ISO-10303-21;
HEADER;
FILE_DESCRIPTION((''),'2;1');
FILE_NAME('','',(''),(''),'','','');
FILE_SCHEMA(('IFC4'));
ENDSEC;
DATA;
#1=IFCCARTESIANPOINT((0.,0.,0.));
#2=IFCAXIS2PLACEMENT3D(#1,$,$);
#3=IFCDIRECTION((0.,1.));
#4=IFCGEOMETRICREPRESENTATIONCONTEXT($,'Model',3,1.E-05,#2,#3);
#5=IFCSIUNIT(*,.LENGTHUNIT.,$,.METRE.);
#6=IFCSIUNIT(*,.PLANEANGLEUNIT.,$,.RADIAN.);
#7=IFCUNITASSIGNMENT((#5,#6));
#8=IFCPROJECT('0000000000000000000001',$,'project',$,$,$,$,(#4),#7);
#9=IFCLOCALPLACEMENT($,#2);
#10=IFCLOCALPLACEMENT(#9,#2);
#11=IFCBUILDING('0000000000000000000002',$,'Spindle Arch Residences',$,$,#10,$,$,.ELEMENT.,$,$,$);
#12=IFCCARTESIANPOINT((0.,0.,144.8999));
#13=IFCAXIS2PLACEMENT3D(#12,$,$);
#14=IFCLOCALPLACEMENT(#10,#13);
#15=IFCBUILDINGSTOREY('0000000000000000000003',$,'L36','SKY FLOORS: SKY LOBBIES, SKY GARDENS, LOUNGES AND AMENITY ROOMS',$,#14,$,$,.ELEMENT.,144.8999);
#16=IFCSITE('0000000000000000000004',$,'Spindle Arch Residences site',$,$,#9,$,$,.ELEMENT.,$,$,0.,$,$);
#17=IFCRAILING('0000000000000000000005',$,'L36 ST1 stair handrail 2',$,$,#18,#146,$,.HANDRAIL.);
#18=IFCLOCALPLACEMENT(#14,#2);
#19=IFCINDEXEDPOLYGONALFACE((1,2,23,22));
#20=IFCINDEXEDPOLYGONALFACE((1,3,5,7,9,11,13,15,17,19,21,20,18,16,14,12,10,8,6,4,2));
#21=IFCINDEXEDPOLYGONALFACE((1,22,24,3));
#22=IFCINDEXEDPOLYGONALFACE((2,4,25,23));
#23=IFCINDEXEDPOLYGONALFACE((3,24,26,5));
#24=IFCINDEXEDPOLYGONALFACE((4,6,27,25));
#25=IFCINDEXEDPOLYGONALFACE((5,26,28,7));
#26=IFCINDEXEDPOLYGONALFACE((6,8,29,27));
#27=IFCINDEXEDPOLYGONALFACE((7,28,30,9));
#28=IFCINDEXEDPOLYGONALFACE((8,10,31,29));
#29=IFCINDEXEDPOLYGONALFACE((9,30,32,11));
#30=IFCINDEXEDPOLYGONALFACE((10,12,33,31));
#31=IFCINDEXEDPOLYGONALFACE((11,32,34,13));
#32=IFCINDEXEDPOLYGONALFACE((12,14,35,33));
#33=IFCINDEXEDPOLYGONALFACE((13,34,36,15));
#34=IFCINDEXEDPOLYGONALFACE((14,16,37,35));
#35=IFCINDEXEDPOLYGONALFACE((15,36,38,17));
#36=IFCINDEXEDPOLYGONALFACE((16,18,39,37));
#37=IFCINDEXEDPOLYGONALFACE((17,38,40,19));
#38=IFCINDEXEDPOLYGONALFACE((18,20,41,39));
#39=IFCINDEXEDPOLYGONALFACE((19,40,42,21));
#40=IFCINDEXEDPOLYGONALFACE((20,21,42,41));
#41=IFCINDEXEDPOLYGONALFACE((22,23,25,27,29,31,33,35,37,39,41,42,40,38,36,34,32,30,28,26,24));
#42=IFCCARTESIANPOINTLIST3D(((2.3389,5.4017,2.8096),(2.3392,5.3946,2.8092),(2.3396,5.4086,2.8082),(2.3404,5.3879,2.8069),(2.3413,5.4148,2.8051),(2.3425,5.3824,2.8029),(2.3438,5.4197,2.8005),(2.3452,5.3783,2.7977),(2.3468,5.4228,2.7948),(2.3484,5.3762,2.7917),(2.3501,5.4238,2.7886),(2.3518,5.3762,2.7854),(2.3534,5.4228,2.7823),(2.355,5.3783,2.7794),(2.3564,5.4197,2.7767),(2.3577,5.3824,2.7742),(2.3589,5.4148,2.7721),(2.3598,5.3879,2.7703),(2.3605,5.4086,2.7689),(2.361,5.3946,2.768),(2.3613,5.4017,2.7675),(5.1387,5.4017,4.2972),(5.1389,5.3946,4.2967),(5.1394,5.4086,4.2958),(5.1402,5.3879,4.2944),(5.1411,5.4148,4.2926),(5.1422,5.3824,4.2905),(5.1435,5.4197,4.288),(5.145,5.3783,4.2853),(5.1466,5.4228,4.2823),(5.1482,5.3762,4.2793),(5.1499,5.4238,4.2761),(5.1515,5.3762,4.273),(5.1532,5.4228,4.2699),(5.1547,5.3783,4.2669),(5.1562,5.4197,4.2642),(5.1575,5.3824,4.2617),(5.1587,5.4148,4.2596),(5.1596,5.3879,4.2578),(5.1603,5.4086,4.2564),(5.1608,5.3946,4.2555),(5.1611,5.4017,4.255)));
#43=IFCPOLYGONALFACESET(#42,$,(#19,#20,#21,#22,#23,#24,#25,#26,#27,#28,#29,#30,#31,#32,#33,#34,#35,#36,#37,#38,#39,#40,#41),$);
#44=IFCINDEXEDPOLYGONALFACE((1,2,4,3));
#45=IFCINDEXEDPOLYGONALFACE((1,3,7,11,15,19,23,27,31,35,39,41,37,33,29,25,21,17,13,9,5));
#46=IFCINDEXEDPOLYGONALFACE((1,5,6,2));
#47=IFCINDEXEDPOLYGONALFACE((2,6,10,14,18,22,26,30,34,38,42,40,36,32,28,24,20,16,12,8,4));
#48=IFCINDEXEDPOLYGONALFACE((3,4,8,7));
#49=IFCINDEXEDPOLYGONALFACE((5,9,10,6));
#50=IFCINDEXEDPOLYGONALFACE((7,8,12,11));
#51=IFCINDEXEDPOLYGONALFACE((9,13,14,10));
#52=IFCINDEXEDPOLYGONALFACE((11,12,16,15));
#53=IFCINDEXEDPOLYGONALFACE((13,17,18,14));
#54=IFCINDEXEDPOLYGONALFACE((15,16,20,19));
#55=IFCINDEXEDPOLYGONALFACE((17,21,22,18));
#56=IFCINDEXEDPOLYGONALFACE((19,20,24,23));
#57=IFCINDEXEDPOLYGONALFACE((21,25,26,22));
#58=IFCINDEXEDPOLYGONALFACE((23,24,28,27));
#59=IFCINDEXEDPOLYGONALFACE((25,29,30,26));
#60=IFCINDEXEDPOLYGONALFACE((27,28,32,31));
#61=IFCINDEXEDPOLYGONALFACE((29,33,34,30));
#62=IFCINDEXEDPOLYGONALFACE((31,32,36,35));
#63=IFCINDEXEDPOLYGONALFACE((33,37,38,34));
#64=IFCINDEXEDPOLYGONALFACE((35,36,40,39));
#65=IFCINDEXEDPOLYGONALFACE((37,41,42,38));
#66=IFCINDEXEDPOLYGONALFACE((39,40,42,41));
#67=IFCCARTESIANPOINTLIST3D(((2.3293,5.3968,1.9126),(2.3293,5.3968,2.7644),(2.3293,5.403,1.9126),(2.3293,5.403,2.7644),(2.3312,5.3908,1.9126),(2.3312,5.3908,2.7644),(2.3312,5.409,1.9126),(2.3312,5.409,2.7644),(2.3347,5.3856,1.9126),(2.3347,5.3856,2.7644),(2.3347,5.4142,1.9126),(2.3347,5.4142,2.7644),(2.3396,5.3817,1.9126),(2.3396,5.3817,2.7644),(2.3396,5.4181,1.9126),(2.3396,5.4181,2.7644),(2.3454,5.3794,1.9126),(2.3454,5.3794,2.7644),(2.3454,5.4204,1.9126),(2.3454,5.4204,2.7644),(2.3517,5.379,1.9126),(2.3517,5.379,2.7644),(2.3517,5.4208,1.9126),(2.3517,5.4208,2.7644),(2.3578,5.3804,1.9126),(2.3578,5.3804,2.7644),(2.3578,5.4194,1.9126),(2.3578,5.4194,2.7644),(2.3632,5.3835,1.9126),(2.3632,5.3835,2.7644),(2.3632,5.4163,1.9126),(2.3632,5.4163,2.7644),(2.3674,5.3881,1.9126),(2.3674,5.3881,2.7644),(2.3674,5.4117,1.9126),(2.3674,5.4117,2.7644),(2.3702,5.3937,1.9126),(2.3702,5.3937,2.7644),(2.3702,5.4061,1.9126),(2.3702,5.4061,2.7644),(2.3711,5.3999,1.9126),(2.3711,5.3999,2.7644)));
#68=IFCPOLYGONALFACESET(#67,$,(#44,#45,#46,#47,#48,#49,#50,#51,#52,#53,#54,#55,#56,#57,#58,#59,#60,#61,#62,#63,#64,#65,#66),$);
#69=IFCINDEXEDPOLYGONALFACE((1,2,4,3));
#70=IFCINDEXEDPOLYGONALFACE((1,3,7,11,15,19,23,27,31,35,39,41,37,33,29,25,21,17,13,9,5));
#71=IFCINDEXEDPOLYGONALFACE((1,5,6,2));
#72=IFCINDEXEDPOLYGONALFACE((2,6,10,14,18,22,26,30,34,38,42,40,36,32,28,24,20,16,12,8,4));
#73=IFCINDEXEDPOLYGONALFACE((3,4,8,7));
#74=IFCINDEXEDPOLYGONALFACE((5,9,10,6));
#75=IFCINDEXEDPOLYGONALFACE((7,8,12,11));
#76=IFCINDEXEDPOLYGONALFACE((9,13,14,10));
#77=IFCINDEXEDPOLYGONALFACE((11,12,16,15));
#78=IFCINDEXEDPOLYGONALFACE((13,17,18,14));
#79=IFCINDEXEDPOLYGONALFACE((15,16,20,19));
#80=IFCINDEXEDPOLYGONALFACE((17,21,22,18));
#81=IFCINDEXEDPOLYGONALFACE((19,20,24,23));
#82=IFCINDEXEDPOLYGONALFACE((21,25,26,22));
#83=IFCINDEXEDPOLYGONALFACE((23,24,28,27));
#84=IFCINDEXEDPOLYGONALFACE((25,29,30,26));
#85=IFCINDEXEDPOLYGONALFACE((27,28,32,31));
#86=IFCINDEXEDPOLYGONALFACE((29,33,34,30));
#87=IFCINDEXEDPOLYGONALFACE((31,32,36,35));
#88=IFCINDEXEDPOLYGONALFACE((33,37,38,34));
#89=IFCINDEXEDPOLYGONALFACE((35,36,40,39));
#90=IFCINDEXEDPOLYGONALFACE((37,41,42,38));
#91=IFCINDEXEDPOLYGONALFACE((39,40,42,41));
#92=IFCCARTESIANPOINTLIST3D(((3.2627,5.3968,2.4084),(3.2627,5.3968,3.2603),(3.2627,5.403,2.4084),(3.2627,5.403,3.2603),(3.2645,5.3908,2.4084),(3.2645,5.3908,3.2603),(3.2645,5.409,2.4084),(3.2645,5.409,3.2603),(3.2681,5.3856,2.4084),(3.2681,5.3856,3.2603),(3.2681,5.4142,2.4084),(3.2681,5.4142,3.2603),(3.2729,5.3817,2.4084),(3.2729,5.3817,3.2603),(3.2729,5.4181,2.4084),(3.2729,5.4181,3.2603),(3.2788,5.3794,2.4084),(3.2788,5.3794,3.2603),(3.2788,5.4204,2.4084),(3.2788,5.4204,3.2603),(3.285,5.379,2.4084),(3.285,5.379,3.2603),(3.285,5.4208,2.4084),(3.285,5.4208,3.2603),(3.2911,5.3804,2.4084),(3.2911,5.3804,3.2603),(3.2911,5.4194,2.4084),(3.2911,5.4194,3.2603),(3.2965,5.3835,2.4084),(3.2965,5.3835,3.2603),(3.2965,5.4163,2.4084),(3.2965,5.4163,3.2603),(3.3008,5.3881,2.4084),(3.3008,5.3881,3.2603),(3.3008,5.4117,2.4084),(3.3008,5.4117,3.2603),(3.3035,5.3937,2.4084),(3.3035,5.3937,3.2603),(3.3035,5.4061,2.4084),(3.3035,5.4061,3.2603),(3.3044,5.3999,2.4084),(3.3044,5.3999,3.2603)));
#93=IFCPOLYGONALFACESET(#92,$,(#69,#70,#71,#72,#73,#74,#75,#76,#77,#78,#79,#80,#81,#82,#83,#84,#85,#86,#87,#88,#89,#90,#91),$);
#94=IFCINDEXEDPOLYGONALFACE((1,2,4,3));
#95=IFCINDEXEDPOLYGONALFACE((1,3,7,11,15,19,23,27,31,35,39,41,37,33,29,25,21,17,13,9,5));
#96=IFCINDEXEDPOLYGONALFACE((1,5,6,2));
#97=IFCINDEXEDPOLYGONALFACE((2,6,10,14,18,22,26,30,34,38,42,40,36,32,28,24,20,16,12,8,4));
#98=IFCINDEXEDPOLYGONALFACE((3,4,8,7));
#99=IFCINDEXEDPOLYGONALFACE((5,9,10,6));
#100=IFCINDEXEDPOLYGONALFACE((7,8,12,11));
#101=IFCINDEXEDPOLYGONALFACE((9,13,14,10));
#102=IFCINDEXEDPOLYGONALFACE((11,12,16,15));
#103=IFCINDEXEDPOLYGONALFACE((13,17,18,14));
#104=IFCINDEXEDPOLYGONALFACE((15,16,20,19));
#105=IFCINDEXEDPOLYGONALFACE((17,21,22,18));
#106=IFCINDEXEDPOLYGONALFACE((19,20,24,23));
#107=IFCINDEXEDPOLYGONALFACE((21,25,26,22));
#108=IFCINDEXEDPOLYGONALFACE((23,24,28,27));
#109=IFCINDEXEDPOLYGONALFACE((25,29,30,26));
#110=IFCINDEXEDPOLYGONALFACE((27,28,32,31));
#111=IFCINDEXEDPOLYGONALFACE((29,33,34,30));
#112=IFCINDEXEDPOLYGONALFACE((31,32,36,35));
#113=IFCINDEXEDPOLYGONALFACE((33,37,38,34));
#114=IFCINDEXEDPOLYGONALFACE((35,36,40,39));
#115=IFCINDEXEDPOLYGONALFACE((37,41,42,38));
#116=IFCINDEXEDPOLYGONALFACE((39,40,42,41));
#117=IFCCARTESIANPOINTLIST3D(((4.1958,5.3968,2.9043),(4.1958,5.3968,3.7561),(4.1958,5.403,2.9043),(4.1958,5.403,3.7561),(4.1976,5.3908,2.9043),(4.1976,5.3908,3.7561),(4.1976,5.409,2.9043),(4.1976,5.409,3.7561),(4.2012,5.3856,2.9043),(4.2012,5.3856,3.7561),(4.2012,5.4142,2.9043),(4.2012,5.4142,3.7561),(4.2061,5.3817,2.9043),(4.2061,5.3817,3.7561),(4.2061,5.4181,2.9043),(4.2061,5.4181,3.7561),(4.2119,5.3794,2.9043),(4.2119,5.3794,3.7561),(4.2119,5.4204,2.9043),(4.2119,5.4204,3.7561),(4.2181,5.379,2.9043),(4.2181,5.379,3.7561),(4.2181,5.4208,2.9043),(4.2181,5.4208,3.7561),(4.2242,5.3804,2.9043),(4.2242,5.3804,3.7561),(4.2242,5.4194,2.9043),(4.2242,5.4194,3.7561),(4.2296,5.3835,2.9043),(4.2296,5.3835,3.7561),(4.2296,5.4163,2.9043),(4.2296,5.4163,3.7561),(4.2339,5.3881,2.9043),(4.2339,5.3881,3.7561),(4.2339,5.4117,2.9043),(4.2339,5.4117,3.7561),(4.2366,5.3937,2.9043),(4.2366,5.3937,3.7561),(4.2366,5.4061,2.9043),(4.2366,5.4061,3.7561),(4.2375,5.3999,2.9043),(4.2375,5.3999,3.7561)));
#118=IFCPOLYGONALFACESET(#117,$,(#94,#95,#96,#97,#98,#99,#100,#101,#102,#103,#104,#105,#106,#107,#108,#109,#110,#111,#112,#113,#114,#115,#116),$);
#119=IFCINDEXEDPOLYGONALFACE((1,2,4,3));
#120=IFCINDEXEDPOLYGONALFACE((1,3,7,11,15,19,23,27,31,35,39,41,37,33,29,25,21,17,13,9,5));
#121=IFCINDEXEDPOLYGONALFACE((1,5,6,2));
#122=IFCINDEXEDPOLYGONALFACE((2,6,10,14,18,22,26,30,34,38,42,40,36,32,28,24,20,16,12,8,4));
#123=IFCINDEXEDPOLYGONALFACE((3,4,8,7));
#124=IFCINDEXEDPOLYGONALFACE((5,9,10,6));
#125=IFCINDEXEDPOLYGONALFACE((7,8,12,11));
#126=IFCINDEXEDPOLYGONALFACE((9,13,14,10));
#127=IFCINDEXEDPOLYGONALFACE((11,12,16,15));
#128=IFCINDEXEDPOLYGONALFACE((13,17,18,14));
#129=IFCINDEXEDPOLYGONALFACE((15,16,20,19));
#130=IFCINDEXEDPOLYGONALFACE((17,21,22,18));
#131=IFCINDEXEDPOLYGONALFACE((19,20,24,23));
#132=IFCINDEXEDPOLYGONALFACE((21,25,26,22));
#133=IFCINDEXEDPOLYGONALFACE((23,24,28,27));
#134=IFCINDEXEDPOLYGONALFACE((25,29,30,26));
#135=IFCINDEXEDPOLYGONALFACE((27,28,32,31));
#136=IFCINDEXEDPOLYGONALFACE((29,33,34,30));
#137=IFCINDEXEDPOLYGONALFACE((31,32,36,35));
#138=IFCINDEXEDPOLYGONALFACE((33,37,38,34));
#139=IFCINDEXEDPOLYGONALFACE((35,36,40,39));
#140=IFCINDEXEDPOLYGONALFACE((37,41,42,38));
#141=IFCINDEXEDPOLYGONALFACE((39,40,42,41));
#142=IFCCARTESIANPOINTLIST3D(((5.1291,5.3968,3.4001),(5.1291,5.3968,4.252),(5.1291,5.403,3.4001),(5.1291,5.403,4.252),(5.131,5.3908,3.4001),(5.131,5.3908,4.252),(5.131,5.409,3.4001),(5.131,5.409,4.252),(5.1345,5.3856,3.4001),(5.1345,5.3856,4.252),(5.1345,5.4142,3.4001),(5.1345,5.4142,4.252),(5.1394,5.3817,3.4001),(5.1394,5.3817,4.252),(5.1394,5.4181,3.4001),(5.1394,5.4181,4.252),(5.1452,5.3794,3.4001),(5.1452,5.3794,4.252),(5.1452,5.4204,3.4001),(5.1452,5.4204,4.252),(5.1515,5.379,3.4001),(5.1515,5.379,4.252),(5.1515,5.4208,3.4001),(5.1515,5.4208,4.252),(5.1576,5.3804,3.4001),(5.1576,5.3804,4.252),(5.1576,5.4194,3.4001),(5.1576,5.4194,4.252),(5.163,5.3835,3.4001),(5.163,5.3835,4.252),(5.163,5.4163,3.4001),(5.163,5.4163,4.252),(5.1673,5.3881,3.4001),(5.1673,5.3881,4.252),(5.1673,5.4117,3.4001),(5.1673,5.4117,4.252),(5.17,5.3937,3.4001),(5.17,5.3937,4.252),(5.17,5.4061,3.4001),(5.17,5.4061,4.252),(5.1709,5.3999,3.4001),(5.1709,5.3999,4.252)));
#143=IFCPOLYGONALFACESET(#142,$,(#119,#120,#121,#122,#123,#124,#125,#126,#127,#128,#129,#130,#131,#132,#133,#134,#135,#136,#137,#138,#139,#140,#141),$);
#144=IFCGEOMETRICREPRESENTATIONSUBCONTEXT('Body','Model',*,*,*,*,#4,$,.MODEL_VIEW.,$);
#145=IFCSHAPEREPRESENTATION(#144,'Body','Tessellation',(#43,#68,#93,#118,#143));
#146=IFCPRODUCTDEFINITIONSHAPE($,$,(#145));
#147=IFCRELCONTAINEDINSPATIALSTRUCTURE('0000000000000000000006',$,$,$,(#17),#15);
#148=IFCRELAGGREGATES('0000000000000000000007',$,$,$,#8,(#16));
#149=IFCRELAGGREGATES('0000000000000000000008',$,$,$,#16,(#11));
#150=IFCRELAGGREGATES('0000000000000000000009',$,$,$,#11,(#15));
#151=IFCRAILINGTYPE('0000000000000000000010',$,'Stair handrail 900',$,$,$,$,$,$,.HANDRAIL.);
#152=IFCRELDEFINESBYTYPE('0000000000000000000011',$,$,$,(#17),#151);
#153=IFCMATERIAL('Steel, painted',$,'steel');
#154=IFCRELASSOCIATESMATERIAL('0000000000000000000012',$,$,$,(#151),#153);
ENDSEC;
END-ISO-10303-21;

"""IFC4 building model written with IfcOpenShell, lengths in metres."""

from ifc_helpers import new_model, si_unit, direction, frame, origin, origin_2d, place, context, subcontext, project, spatial, circle, extrude, material, type_object, element, save


model = new_model("IFC4")

# Units and contexts
model_context = context("Model", 3, precision=1e-05, world=origin(), true_north=direction((0.0, 1.0)))
body_context = subcontext(model_context, "Body", "Model", "MODEL_VIEW")
ifc_project = project(units=[si_unit("LENGTHUNIT", "METRE"), si_unit("PLANEANGLEUNIT", "RADIAN")], contexts=[model_context])

# Site, building, storey
site_placement = place(None, origin())
site = spatial("IfcSite", under=ifc_project, at=site_placement, Name="Spindle Arch Residences site", CompositionType="ELEMENT", RefElevation=0.0)
building_placement = place(site_placement, origin())
building = spatial("IfcBuilding", under=site, at=building_placement, Name="Spindle Arch Residences", CompositionType="ELEMENT")
storey_placement = place(building_placement, frame((0.0, 0.0, 144.8999)))
storey = spatial("IfcBuildingStorey", under=building, at=storey_placement, Name="L36", Description="SKY FLOORS: SKY LOBBIES, SKY GARDENS, LOUNGES AND AMENITY ROOMS", CompositionType="ELEMENT", Elevation=144.8999)

# Railing
ifc_material_1 = material(Name="Steel, painted", Category="steel")
railing_type_1 = type_object("IfcRailingType", Name="Stair handrail 900", PredefinedType="HANDRAIL", material=ifc_material_1)
railing_1_placement = place(storey_placement, frame((2.3501, 5.3999, 1.9126)))
element("IfcRailing", 1, at=railing_1_placement, inside=storey, type_object=railing_type_1, Name="L36 ST1 stair handrail 2", PredefinedType="HANDRAIL", context=body_context, shape_type="SweptSolid", body=[
    extrude(circle(Radius=0.0239, at=origin_2d()), frame((0.0, 0.0, 0.876), z_axis=(0.883096, 0.0, 0.469193), x_axis=(0.0, 1.0, 0.0)), (0.0, 0.0, 1.0), 3.1704),
    extrude(circle(Radius=0.021, at=origin_2d()), origin(), (0.0, 0.0, 1.0), 0.8518),
    extrude(circle(Radius=0.021, at=origin_2d()), frame((0.9333, 0.0, 0.4958)), (0.0, 0.0, 1.0), 0.8518),
    extrude(circle(Radius=0.021, at=origin_2d()), frame((1.8665, 0.0, 0.9917)), (0.0, 0.0, 1.0), 0.8518),
    extrude(circle(Radius=0.021, at=origin_2d()), frame((2.7998, 0.0, 1.4875)), (0.0, 0.0, 1.0), 0.8518),
])

save(model, "model.ifc")
